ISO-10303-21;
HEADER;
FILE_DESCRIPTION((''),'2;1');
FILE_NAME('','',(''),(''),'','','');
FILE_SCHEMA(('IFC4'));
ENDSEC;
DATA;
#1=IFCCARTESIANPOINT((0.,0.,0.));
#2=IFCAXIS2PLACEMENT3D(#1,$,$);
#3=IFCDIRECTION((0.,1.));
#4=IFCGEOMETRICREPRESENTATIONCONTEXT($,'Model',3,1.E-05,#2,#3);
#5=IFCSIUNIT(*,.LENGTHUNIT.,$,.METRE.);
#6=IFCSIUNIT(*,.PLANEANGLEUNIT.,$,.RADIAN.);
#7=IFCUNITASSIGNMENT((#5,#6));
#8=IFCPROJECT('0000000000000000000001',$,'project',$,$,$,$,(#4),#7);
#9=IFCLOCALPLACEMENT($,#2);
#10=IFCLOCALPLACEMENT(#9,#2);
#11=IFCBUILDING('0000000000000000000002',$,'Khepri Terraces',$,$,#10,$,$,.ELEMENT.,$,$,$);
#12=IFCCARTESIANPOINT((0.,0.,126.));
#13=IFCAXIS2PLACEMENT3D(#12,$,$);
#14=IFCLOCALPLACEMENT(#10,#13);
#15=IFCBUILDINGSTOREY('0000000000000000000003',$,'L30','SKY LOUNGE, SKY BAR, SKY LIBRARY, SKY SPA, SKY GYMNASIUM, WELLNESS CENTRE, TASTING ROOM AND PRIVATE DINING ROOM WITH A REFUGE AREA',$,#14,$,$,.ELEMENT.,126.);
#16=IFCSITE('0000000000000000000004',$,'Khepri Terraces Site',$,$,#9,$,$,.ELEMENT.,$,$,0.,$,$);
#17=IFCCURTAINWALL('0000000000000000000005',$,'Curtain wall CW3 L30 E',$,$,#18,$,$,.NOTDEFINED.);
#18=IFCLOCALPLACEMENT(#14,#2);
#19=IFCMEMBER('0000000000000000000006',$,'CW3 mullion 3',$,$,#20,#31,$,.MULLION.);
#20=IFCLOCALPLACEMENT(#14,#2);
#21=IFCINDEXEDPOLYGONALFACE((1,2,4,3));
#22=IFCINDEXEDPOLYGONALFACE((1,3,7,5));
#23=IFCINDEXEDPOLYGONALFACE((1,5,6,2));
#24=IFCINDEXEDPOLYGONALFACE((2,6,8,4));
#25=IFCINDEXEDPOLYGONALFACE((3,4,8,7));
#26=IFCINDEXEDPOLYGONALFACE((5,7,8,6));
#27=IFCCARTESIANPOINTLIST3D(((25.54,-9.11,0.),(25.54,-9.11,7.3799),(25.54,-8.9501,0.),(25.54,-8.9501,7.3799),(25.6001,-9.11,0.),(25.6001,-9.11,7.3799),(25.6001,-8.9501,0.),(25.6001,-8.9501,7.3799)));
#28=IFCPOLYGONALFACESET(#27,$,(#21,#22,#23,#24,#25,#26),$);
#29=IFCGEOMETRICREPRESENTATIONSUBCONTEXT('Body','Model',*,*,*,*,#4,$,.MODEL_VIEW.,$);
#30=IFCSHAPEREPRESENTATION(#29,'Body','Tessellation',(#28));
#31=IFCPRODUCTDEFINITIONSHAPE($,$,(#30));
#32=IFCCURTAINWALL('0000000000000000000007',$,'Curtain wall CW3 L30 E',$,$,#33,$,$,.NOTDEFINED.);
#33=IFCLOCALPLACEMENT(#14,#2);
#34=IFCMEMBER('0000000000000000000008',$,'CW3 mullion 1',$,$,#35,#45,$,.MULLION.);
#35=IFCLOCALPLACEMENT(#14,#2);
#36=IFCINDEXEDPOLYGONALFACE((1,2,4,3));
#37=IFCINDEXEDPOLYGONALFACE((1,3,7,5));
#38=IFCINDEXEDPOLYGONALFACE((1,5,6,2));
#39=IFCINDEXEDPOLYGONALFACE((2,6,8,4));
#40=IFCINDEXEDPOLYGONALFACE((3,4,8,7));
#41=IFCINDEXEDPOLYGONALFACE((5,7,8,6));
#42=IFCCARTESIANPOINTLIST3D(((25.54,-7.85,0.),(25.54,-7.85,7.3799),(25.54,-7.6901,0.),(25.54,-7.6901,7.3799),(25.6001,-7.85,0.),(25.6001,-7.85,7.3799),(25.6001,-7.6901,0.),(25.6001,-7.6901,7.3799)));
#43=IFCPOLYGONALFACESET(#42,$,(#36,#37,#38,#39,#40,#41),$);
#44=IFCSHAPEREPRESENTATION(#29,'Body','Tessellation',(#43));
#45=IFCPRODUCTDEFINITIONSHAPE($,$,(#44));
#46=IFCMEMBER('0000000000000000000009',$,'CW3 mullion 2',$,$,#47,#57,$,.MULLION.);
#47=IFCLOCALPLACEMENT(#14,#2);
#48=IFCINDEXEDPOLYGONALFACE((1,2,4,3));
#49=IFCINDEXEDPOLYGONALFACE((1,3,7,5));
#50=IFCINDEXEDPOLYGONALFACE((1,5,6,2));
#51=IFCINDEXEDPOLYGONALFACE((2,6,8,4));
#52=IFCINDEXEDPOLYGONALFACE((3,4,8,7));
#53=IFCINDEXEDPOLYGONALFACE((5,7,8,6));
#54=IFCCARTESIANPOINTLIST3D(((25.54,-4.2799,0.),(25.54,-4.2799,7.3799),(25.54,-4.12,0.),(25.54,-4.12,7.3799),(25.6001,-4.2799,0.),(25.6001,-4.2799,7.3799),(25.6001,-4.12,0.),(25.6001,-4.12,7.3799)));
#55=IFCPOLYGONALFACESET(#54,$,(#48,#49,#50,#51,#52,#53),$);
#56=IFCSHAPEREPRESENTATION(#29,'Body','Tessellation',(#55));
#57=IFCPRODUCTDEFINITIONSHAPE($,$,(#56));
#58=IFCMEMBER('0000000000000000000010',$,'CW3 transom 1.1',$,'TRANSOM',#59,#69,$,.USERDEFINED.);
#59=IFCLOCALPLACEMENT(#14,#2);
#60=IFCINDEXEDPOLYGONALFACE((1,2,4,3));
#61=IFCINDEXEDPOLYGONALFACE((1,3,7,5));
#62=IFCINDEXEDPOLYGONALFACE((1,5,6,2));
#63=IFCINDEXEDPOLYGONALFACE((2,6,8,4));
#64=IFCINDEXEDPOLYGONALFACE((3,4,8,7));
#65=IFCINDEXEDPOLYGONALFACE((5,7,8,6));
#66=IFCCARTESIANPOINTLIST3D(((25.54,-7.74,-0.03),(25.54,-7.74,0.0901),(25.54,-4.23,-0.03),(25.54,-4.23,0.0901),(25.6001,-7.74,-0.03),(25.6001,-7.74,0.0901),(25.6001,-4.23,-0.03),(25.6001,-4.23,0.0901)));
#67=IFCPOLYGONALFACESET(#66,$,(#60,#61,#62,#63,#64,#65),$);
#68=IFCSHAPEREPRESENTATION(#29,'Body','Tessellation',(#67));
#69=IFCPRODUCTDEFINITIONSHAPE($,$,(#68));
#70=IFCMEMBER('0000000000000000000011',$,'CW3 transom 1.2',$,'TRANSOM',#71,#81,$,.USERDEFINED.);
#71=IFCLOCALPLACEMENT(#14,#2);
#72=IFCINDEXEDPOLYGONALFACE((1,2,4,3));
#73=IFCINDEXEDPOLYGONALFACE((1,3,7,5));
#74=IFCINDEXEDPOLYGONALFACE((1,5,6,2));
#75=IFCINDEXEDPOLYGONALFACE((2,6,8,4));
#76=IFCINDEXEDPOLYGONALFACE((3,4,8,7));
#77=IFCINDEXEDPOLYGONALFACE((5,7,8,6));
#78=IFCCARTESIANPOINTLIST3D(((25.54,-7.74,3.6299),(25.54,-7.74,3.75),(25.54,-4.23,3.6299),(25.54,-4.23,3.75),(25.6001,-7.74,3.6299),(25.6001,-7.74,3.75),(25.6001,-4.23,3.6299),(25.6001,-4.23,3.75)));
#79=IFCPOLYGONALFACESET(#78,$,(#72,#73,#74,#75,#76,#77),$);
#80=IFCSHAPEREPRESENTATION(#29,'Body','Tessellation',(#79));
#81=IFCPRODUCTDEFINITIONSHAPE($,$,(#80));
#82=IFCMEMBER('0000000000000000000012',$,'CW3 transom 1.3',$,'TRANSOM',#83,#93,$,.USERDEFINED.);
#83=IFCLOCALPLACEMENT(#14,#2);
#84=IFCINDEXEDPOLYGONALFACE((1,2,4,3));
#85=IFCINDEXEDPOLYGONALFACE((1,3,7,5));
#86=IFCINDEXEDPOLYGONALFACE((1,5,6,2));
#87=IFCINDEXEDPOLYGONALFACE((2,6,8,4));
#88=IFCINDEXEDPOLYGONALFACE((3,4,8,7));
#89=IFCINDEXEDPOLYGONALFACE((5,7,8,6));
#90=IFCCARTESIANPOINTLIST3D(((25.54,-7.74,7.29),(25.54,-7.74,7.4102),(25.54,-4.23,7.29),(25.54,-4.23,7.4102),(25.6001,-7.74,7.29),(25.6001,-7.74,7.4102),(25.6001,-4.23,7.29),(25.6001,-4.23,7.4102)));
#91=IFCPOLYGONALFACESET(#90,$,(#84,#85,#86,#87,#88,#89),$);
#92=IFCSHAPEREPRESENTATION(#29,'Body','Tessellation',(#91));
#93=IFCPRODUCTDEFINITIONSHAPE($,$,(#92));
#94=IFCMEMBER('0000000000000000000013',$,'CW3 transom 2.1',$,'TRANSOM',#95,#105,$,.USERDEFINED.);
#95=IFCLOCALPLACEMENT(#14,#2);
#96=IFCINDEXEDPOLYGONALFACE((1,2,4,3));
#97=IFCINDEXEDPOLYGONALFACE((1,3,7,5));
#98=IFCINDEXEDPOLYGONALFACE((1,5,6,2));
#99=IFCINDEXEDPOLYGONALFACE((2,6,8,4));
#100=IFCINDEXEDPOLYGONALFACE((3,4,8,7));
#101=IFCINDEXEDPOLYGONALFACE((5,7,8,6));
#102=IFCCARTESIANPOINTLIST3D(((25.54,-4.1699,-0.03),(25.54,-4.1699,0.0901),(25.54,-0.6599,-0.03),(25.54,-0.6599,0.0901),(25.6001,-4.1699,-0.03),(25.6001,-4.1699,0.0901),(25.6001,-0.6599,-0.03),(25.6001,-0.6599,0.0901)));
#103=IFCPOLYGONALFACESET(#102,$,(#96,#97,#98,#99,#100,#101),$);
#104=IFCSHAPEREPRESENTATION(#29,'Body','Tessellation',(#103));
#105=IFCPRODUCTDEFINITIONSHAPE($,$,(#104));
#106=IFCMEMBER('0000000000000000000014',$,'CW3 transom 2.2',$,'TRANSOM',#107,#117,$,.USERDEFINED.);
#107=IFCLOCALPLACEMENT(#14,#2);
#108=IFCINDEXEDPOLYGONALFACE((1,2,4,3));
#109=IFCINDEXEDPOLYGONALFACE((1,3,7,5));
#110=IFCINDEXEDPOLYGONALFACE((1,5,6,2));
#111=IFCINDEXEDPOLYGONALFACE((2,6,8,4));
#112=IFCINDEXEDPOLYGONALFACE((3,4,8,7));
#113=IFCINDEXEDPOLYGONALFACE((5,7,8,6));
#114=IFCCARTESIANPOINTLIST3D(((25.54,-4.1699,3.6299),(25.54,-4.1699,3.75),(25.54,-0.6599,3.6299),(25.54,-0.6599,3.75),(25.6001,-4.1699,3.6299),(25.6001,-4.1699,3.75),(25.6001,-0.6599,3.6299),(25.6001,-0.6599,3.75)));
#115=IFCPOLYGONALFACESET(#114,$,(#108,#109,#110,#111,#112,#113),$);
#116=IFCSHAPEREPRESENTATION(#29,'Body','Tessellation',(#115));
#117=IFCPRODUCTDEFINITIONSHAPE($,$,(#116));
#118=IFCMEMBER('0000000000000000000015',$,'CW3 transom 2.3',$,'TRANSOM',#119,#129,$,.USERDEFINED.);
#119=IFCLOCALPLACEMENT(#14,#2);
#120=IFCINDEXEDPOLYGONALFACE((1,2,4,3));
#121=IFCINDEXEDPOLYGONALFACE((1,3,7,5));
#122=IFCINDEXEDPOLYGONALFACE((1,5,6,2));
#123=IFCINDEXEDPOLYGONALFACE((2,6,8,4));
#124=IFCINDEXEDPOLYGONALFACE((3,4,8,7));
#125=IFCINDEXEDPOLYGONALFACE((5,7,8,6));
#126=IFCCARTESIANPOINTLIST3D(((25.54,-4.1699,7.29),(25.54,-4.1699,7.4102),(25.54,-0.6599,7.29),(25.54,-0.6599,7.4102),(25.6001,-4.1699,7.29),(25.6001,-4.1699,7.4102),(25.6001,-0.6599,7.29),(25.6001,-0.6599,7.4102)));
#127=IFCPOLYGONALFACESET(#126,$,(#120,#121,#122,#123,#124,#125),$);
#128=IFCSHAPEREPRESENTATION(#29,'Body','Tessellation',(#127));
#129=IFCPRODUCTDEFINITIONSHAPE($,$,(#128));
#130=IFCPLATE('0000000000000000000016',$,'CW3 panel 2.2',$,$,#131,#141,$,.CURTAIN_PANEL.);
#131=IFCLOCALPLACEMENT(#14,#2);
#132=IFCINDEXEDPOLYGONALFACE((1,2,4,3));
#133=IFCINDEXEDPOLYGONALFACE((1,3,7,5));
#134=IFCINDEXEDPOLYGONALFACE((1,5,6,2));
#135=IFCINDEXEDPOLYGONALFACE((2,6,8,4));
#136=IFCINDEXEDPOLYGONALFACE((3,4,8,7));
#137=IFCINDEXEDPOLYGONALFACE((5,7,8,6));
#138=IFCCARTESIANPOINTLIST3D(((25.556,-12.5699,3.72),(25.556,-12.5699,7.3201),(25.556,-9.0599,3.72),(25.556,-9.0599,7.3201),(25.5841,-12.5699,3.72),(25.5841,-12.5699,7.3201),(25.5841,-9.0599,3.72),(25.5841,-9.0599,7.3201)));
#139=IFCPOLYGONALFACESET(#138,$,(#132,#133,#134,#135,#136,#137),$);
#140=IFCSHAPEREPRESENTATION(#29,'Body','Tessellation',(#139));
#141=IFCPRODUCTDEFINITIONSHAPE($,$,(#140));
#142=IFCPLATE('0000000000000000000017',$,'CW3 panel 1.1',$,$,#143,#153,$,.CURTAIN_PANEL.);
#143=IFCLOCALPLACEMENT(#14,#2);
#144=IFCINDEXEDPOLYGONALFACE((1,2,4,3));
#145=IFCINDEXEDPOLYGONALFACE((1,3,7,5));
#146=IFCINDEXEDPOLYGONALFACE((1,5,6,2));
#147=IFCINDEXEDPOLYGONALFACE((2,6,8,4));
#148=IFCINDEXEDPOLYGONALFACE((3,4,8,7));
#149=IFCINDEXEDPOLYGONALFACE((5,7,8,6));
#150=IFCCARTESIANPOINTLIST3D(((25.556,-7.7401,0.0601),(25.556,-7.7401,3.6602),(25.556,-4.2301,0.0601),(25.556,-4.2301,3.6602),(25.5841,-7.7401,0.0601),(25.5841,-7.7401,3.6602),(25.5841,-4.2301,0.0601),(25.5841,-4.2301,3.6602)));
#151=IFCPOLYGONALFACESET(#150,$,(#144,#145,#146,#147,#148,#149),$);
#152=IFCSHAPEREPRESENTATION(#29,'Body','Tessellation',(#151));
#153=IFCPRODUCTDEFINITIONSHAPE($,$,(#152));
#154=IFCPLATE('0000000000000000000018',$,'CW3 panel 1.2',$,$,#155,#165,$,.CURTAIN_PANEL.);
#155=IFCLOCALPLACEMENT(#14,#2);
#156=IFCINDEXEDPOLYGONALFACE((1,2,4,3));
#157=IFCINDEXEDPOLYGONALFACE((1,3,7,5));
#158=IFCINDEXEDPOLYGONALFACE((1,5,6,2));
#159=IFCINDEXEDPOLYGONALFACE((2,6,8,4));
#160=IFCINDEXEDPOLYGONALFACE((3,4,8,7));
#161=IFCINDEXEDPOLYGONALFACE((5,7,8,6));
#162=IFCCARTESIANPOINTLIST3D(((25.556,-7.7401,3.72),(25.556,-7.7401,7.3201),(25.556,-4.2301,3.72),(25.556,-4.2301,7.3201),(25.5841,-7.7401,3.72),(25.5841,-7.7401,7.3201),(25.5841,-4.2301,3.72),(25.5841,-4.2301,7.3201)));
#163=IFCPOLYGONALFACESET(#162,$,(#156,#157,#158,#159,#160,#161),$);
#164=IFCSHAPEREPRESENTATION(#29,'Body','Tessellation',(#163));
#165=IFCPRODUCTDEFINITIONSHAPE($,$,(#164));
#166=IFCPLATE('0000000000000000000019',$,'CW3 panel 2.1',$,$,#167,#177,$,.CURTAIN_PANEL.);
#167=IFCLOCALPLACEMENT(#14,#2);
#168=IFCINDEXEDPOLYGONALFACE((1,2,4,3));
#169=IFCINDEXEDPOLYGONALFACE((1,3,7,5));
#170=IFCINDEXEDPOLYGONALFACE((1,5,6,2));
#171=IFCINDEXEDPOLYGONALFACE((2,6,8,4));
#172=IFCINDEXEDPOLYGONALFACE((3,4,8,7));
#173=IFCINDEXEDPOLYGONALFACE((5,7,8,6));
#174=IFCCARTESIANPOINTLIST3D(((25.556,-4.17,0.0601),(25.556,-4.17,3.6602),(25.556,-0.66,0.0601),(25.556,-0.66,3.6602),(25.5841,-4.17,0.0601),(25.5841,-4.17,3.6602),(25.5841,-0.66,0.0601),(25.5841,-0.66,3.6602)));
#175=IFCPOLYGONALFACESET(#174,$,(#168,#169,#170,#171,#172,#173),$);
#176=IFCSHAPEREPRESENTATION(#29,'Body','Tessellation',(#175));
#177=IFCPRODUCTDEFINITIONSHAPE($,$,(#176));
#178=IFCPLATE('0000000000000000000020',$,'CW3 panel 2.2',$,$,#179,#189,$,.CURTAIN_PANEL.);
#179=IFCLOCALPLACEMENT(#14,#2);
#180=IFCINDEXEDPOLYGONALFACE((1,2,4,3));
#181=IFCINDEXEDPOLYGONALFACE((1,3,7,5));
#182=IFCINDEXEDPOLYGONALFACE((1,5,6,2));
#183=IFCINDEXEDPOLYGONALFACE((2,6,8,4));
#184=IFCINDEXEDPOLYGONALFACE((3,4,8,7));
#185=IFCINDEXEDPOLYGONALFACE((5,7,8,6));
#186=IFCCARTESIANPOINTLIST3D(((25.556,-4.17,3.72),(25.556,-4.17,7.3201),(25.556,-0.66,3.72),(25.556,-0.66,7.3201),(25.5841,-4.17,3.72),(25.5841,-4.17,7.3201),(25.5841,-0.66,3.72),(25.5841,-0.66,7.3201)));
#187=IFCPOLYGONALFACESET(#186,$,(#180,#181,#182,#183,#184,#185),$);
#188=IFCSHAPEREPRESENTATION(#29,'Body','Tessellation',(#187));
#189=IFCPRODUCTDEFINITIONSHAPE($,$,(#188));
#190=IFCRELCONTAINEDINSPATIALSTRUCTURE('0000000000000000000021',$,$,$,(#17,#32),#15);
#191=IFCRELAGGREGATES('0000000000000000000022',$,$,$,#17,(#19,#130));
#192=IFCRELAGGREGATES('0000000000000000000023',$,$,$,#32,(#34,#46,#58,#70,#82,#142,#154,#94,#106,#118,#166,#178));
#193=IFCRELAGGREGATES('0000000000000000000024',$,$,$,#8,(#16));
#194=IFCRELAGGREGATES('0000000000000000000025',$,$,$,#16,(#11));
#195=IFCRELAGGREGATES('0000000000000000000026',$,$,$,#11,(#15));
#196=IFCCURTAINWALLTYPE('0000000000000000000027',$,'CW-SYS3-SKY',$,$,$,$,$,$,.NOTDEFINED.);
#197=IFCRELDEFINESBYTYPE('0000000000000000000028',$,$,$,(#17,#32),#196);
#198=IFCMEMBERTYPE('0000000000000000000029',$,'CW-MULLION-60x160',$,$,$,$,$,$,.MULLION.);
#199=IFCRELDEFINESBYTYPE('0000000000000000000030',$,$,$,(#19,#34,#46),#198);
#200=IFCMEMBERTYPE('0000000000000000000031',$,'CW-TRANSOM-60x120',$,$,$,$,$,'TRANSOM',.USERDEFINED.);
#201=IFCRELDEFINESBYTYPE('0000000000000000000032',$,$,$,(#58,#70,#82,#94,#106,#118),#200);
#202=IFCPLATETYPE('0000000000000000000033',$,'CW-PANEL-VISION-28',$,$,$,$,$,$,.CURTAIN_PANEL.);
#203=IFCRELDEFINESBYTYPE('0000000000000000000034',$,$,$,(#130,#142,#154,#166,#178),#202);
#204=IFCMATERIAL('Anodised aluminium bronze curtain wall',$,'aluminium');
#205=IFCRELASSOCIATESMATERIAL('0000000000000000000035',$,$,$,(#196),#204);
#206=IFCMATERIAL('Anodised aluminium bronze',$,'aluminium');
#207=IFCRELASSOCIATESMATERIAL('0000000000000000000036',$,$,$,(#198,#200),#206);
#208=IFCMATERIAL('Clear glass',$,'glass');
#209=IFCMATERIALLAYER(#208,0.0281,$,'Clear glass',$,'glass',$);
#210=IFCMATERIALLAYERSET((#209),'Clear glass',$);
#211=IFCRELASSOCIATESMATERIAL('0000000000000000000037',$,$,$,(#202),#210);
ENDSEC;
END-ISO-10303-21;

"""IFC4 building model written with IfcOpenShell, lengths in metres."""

from ifc_helpers import new_model, si_unit, direction, frame, origin, origin_2d, place, context, subcontext, project, spatial, rectangle, extrude, material, layer, layer_set, material_profile, profile_set, type_object, element, aggregate, save


model = new_model("IFC4")

# Units and contexts
model_context = context("Model", 3, precision=1e-05, world=origin(), true_north=direction((0.0, 1.0)))
body_context = subcontext(model_context, "Body", "Model", "MODEL_VIEW")
ifc_project = project(units=[si_unit("LENGTHUNIT", "METRE"), si_unit("PLANEANGLEUNIT", "RADIAN")], contexts=[model_context])

# Site, building, storey
site_placement = place(None, origin())
site = spatial("IfcSite", under=ifc_project, at=site_placement, Name="Khepri Terraces Site", CompositionType="ELEMENT", RefElevation=0.0)
building_placement = place(site_placement, origin())
building = spatial("IfcBuilding", under=site, at=building_placement, Name="Khepri Terraces", CompositionType="ELEMENT")
storey_placement = place(building_placement, frame((0.0, 0.0, 126.0)))
storey = spatial("IfcBuildingStorey", under=building, at=storey_placement, Name="L30", Description="SKY LOUNGE, SKY BAR, SKY LIBRARY, SKY SPA, SKY GYMNASIUM, WELLNESS CENTRE, TASTING ROOM AND PRIVATE DINING ROOM WITH A REFUGE AREA", CompositionType="ELEMENT", Elevation=126.0)

# Curtain wall, member
ifc_material_1 = material(Name="Anodised aluminium bronze curtain wall", Category="aluminium")
curtain_wall_type = type_object("IfcCurtainWallType", Name="CW-SYS3-SKY", PredefinedType="NOTDEFINED", material=ifc_material_1)
curtain_wall_1_placement = place(storey_placement, origin())
curtain_wall_1 = element("IfcCurtainWall", 1, at=curtain_wall_1_placement, inside=storey, type_object=curtain_wall_type, Name="Curtain wall CW3 L30 E", PredefinedType="NOTDEFINED")
ifc_material_2 = material(Name="Anodised aluminium bronze", Category="aluminium")
ifc_material_profile_1 = material_profile(ifc_material_2, rectangle(XDim=0.0601, YDim=0.1599, at=origin_2d()), Name="Anodised aluminium bronze", Category="aluminium")
ifc_profile_set_1 = profile_set([ifc_material_profile_1], Name="Anodised aluminium bronze")
member_type_1 = type_object("IfcMemberType", Name="CW-MULLION-60x160", PredefinedType="MULLION", material=ifc_profile_set_1)
member_1_placement = place(storey_placement, frame((25.5701, -9.03, 0.0), z_axis=(0.0, 0.0, 1.0), x_axis=(-1.0, 0.0, 0.0)))
member_1 = element("IfcMember", 2, at=member_1_placement, type_object=member_type_1, Name="CW3 mullion 3", PredefinedType="MULLION", context=body_context, shape_type="SweptSolid", body=[
    extrude(rectangle(XDim=0.0601, YDim=0.1599, at=origin_2d()), origin(), (0.0, 0.0, 1.0), 7.3799),
])

# Curtain wall, members
curtain_wall_2_placement = place(storey_placement, origin())
curtain_wall_2 = element("IfcCurtainWall", 3, at=curtain_wall_2_placement, inside=storey, type_object=curtain_wall_type, Name="Curtain wall CW3 L30 E", PredefinedType="NOTDEFINED")
member_2_placement = place(storey_placement, frame((25.5701, -7.77, 0.0), z_axis=(0.0, 0.0, 1.0), x_axis=(-1.0, 0.0, 0.0)))
member_2 = element("IfcMember", 4, at=member_2_placement, type_object=member_type_1, Name="CW3 mullion 1", PredefinedType="MULLION", context=body_context, shape_type="SweptSolid", body=[
    extrude(rectangle(XDim=0.0601, YDim=0.1599, at=origin_2d()), origin(), (0.0, 0.0, 1.0), 7.3799),
])
member_3_placement = place(storey_placement, frame((25.5701, -4.2, 0.0), z_axis=(0.0, 0.0, 1.0), x_axis=(-1.0, 0.0, 0.0)))
member_3 = element("IfcMember", 5, at=member_3_placement, type_object=member_type_1, Name="CW3 mullion 2", PredefinedType="MULLION", context=body_context, shape_type="SweptSolid", body=[
    extrude(rectangle(XDim=0.0601, YDim=0.1599, at=origin_2d()), origin(), (0.0, 0.0, 1.0), 7.3799),
])
ifc_material_profile_2 = material_profile(ifc_material_2, rectangle(XDim=0.0601, YDim=0.1201, at=origin_2d()), Name="Anodised aluminium bronze", Category="aluminium")
ifc_profile_set_2 = profile_set([ifc_material_profile_2], Name="Anodised aluminium bronze")
member_type_2 = type_object("IfcMemberType", Name="CW-TRANSOM-60x120", ElementType="TRANSOM", PredefinedType="USERDEFINED", material=ifc_profile_set_2)
member_4_placement = place(storey_placement, frame((25.5701, -7.74, 0.03), z_axis=(0.0, 1.0, 0.0), x_axis=(-1.0, 0.0, 0.0)))
member_4 = element("IfcMember", 6, at=member_4_placement, type_object=member_type_2, Name="CW3 transom 1.1", ObjectType="TRANSOM", PredefinedType="USERDEFINED", context=body_context, shape_type="SweptSolid", body=[
    extrude(rectangle(XDim=0.0601, YDim=0.1201, at=origin_2d()), origin(), (0.0, 0.0, 1.0), 3.51),
])
member_5_placement = place(storey_placement, frame((25.5701, -7.74, 3.6899), z_axis=(0.0, 1.0, 0.0), x_axis=(-1.0, 0.0, 0.0)))
member_5 = element("IfcMember", 7, at=member_5_placement, type_object=member_type_2, Name="CW3 transom 1.2", ObjectType="TRANSOM", PredefinedType="USERDEFINED", context=body_context, shape_type="SweptSolid", body=[
    extrude(rectangle(XDim=0.0601, YDim=0.1201, at=origin_2d()), origin(), (0.0, 0.0, 1.0), 3.51),
])
member_6_placement = place(storey_placement, frame((25.5701, -7.74, 7.3501), z_axis=(0.0, 1.0, 0.0), x_axis=(-1.0, 0.0, 0.0)))
member_6 = element("IfcMember", 8, at=member_6_placement, type_object=member_type_2, Name="CW3 transom 1.3", ObjectType="TRANSOM", PredefinedType="USERDEFINED", context=body_context, shape_type="SweptSolid", body=[
    extrude(rectangle(XDim=0.0601, YDim=0.1201, at=origin_2d()), origin(), (0.0, 0.0, 1.0), 3.51),
])
member_7_placement = place(storey_placement, frame((25.5701, -4.1699, 0.03), z_axis=(0.0, 1.0, 0.0), x_axis=(-1.0, 0.0, 0.0)))
member_7 = element("IfcMember", 9, at=member_7_placement, type_object=member_type_2, Name="CW3 transom 2.1", ObjectType="TRANSOM", PredefinedType="USERDEFINED", context=body_context, shape_type="SweptSolid", body=[
    extrude(rectangle(XDim=0.0601, YDim=0.1201, at=origin_2d()), origin(), (0.0, 0.0, 1.0), 3.51),
])
member_8_placement = place(storey_placement, frame((25.5701, -4.1699, 3.6899), z_axis=(0.0, 1.0, 0.0), x_axis=(-1.0, 0.0, 0.0)))
member_8 = element("IfcMember", 10, at=member_8_placement, type_object=member_type_2, Name="CW3 transom 2.2", ObjectType="TRANSOM", PredefinedType="USERDEFINED", context=body_context, shape_type="SweptSolid", body=[
    extrude(rectangle(XDim=0.0601, YDim=0.1201, at=origin_2d()), origin(), (0.0, 0.0, 1.0), 3.51),
])
member_9_placement = place(storey_placement, frame((25.5701, -4.1699, 7.3501), z_axis=(0.0, 1.0, 0.0), x_axis=(-1.0, 0.0, 0.0)))
member_9 = element("IfcMember", 11, at=member_9_placement, type_object=member_type_2, Name="CW3 transom 2.3", ObjectType="TRANSOM", PredefinedType="USERDEFINED", context=body_context, shape_type="SweptSolid", body=[
    extrude(rectangle(XDim=0.0601, YDim=0.1201, at=origin_2d()), origin(), (0.0, 0.0, 1.0), 3.51),
])

# Plates
ifc_material_3 = material(Name="Clear glass", Category="glass")
ifc_layer = layer(ifc_material_3, 0.0281, Name="Clear glass", Category="glass")
ifc_layer_set = layer_set([ifc_layer], Name="Clear glass")
plate_type = type_object("IfcPlateType", Name="CW-PANEL-VISION-28", PredefinedType="CURTAIN_PANEL", material=ifc_layer_set)
plate_1_placement = place(storey_placement, frame((25.5701, -10.8149, 3.72), z_axis=(0.0, 0.0, 1.0), x_axis=(0.0, 1.0, 0.0)))
plate_1 = element("IfcPlate", 12, at=plate_1_placement, type_object=plate_type, Name="CW3 panel 2.2", PredefinedType="CURTAIN_PANEL", context=body_context, shape_type="SweptSolid", body=[
    extrude(rectangle(XDim=3.51, YDim=0.0281, at=origin_2d()), origin(), (0.0, 0.0, 1.0), 3.6001),
])
aggregate(curtain_wall_1, [member_1, plate_1])
plate_2_placement = place(storey_placement, frame((25.5701, -5.9851, 0.0601), z_axis=(0.0, 0.0, 1.0), x_axis=(0.0, 1.0, 0.0)))
plate_2 = element("IfcPlate", 13, at=plate_2_placement, type_object=plate_type, Name="CW3 panel 1.1", PredefinedType="CURTAIN_PANEL", context=body_context, shape_type="SweptSolid", body=[
    extrude(rectangle(XDim=3.51, YDim=0.0281, at=origin_2d()), origin(), (0.0, 0.0, 1.0), 3.6001),
])
plate_3_placement = place(storey_placement, frame((25.5701, -5.9851, 3.72), z_axis=(0.0, 0.0, 1.0), x_axis=(0.0, 1.0, 0.0)))
plate_3 = element("IfcPlate", 14, at=plate_3_placement, type_object=plate_type, Name="CW3 panel 1.2", PredefinedType="CURTAIN_PANEL", context=body_context, shape_type="SweptSolid", body=[
    extrude(rectangle(XDim=3.51, YDim=0.0281, at=origin_2d()), origin(), (0.0, 0.0, 1.0), 3.6001),
])
plate_4_placement = place(storey_placement, frame((25.5701, -2.415, 0.0601), z_axis=(0.0, 0.0, 1.0), x_axis=(0.0, 1.0, 0.0)))
plate_4 = element("IfcPlate", 15, at=plate_4_placement, type_object=plate_type, Name="CW3 panel 2.1", PredefinedType="CURTAIN_PANEL", context=body_context, shape_type="SweptSolid", body=[
    extrude(rectangle(XDim=3.51, YDim=0.0281, at=origin_2d()), origin(), (0.0, 0.0, 1.0), 3.6001),
])
plate_5_placement = place(storey_placement, frame((25.5701, -2.415, 3.72), z_axis=(0.0, 0.0, 1.0), x_axis=(0.0, 1.0, 0.0)))
plate_5 = element("IfcPlate", 16, at=plate_5_placement, type_object=plate_type, Name="CW3 panel 2.2", PredefinedType="CURTAIN_PANEL", context=body_context, shape_type="SweptSolid", body=[
    extrude(rectangle(XDim=3.51, YDim=0.0281, at=origin_2d()), origin(), (0.0, 0.0, 1.0), 3.6001),
])
aggregate(curtain_wall_2, [member_2, member_3, member_4, member_5, member_6, plate_2, plate_3, member_7, member_8, member_9, plate_4, plate_5])

save(model, "model.ifc")
